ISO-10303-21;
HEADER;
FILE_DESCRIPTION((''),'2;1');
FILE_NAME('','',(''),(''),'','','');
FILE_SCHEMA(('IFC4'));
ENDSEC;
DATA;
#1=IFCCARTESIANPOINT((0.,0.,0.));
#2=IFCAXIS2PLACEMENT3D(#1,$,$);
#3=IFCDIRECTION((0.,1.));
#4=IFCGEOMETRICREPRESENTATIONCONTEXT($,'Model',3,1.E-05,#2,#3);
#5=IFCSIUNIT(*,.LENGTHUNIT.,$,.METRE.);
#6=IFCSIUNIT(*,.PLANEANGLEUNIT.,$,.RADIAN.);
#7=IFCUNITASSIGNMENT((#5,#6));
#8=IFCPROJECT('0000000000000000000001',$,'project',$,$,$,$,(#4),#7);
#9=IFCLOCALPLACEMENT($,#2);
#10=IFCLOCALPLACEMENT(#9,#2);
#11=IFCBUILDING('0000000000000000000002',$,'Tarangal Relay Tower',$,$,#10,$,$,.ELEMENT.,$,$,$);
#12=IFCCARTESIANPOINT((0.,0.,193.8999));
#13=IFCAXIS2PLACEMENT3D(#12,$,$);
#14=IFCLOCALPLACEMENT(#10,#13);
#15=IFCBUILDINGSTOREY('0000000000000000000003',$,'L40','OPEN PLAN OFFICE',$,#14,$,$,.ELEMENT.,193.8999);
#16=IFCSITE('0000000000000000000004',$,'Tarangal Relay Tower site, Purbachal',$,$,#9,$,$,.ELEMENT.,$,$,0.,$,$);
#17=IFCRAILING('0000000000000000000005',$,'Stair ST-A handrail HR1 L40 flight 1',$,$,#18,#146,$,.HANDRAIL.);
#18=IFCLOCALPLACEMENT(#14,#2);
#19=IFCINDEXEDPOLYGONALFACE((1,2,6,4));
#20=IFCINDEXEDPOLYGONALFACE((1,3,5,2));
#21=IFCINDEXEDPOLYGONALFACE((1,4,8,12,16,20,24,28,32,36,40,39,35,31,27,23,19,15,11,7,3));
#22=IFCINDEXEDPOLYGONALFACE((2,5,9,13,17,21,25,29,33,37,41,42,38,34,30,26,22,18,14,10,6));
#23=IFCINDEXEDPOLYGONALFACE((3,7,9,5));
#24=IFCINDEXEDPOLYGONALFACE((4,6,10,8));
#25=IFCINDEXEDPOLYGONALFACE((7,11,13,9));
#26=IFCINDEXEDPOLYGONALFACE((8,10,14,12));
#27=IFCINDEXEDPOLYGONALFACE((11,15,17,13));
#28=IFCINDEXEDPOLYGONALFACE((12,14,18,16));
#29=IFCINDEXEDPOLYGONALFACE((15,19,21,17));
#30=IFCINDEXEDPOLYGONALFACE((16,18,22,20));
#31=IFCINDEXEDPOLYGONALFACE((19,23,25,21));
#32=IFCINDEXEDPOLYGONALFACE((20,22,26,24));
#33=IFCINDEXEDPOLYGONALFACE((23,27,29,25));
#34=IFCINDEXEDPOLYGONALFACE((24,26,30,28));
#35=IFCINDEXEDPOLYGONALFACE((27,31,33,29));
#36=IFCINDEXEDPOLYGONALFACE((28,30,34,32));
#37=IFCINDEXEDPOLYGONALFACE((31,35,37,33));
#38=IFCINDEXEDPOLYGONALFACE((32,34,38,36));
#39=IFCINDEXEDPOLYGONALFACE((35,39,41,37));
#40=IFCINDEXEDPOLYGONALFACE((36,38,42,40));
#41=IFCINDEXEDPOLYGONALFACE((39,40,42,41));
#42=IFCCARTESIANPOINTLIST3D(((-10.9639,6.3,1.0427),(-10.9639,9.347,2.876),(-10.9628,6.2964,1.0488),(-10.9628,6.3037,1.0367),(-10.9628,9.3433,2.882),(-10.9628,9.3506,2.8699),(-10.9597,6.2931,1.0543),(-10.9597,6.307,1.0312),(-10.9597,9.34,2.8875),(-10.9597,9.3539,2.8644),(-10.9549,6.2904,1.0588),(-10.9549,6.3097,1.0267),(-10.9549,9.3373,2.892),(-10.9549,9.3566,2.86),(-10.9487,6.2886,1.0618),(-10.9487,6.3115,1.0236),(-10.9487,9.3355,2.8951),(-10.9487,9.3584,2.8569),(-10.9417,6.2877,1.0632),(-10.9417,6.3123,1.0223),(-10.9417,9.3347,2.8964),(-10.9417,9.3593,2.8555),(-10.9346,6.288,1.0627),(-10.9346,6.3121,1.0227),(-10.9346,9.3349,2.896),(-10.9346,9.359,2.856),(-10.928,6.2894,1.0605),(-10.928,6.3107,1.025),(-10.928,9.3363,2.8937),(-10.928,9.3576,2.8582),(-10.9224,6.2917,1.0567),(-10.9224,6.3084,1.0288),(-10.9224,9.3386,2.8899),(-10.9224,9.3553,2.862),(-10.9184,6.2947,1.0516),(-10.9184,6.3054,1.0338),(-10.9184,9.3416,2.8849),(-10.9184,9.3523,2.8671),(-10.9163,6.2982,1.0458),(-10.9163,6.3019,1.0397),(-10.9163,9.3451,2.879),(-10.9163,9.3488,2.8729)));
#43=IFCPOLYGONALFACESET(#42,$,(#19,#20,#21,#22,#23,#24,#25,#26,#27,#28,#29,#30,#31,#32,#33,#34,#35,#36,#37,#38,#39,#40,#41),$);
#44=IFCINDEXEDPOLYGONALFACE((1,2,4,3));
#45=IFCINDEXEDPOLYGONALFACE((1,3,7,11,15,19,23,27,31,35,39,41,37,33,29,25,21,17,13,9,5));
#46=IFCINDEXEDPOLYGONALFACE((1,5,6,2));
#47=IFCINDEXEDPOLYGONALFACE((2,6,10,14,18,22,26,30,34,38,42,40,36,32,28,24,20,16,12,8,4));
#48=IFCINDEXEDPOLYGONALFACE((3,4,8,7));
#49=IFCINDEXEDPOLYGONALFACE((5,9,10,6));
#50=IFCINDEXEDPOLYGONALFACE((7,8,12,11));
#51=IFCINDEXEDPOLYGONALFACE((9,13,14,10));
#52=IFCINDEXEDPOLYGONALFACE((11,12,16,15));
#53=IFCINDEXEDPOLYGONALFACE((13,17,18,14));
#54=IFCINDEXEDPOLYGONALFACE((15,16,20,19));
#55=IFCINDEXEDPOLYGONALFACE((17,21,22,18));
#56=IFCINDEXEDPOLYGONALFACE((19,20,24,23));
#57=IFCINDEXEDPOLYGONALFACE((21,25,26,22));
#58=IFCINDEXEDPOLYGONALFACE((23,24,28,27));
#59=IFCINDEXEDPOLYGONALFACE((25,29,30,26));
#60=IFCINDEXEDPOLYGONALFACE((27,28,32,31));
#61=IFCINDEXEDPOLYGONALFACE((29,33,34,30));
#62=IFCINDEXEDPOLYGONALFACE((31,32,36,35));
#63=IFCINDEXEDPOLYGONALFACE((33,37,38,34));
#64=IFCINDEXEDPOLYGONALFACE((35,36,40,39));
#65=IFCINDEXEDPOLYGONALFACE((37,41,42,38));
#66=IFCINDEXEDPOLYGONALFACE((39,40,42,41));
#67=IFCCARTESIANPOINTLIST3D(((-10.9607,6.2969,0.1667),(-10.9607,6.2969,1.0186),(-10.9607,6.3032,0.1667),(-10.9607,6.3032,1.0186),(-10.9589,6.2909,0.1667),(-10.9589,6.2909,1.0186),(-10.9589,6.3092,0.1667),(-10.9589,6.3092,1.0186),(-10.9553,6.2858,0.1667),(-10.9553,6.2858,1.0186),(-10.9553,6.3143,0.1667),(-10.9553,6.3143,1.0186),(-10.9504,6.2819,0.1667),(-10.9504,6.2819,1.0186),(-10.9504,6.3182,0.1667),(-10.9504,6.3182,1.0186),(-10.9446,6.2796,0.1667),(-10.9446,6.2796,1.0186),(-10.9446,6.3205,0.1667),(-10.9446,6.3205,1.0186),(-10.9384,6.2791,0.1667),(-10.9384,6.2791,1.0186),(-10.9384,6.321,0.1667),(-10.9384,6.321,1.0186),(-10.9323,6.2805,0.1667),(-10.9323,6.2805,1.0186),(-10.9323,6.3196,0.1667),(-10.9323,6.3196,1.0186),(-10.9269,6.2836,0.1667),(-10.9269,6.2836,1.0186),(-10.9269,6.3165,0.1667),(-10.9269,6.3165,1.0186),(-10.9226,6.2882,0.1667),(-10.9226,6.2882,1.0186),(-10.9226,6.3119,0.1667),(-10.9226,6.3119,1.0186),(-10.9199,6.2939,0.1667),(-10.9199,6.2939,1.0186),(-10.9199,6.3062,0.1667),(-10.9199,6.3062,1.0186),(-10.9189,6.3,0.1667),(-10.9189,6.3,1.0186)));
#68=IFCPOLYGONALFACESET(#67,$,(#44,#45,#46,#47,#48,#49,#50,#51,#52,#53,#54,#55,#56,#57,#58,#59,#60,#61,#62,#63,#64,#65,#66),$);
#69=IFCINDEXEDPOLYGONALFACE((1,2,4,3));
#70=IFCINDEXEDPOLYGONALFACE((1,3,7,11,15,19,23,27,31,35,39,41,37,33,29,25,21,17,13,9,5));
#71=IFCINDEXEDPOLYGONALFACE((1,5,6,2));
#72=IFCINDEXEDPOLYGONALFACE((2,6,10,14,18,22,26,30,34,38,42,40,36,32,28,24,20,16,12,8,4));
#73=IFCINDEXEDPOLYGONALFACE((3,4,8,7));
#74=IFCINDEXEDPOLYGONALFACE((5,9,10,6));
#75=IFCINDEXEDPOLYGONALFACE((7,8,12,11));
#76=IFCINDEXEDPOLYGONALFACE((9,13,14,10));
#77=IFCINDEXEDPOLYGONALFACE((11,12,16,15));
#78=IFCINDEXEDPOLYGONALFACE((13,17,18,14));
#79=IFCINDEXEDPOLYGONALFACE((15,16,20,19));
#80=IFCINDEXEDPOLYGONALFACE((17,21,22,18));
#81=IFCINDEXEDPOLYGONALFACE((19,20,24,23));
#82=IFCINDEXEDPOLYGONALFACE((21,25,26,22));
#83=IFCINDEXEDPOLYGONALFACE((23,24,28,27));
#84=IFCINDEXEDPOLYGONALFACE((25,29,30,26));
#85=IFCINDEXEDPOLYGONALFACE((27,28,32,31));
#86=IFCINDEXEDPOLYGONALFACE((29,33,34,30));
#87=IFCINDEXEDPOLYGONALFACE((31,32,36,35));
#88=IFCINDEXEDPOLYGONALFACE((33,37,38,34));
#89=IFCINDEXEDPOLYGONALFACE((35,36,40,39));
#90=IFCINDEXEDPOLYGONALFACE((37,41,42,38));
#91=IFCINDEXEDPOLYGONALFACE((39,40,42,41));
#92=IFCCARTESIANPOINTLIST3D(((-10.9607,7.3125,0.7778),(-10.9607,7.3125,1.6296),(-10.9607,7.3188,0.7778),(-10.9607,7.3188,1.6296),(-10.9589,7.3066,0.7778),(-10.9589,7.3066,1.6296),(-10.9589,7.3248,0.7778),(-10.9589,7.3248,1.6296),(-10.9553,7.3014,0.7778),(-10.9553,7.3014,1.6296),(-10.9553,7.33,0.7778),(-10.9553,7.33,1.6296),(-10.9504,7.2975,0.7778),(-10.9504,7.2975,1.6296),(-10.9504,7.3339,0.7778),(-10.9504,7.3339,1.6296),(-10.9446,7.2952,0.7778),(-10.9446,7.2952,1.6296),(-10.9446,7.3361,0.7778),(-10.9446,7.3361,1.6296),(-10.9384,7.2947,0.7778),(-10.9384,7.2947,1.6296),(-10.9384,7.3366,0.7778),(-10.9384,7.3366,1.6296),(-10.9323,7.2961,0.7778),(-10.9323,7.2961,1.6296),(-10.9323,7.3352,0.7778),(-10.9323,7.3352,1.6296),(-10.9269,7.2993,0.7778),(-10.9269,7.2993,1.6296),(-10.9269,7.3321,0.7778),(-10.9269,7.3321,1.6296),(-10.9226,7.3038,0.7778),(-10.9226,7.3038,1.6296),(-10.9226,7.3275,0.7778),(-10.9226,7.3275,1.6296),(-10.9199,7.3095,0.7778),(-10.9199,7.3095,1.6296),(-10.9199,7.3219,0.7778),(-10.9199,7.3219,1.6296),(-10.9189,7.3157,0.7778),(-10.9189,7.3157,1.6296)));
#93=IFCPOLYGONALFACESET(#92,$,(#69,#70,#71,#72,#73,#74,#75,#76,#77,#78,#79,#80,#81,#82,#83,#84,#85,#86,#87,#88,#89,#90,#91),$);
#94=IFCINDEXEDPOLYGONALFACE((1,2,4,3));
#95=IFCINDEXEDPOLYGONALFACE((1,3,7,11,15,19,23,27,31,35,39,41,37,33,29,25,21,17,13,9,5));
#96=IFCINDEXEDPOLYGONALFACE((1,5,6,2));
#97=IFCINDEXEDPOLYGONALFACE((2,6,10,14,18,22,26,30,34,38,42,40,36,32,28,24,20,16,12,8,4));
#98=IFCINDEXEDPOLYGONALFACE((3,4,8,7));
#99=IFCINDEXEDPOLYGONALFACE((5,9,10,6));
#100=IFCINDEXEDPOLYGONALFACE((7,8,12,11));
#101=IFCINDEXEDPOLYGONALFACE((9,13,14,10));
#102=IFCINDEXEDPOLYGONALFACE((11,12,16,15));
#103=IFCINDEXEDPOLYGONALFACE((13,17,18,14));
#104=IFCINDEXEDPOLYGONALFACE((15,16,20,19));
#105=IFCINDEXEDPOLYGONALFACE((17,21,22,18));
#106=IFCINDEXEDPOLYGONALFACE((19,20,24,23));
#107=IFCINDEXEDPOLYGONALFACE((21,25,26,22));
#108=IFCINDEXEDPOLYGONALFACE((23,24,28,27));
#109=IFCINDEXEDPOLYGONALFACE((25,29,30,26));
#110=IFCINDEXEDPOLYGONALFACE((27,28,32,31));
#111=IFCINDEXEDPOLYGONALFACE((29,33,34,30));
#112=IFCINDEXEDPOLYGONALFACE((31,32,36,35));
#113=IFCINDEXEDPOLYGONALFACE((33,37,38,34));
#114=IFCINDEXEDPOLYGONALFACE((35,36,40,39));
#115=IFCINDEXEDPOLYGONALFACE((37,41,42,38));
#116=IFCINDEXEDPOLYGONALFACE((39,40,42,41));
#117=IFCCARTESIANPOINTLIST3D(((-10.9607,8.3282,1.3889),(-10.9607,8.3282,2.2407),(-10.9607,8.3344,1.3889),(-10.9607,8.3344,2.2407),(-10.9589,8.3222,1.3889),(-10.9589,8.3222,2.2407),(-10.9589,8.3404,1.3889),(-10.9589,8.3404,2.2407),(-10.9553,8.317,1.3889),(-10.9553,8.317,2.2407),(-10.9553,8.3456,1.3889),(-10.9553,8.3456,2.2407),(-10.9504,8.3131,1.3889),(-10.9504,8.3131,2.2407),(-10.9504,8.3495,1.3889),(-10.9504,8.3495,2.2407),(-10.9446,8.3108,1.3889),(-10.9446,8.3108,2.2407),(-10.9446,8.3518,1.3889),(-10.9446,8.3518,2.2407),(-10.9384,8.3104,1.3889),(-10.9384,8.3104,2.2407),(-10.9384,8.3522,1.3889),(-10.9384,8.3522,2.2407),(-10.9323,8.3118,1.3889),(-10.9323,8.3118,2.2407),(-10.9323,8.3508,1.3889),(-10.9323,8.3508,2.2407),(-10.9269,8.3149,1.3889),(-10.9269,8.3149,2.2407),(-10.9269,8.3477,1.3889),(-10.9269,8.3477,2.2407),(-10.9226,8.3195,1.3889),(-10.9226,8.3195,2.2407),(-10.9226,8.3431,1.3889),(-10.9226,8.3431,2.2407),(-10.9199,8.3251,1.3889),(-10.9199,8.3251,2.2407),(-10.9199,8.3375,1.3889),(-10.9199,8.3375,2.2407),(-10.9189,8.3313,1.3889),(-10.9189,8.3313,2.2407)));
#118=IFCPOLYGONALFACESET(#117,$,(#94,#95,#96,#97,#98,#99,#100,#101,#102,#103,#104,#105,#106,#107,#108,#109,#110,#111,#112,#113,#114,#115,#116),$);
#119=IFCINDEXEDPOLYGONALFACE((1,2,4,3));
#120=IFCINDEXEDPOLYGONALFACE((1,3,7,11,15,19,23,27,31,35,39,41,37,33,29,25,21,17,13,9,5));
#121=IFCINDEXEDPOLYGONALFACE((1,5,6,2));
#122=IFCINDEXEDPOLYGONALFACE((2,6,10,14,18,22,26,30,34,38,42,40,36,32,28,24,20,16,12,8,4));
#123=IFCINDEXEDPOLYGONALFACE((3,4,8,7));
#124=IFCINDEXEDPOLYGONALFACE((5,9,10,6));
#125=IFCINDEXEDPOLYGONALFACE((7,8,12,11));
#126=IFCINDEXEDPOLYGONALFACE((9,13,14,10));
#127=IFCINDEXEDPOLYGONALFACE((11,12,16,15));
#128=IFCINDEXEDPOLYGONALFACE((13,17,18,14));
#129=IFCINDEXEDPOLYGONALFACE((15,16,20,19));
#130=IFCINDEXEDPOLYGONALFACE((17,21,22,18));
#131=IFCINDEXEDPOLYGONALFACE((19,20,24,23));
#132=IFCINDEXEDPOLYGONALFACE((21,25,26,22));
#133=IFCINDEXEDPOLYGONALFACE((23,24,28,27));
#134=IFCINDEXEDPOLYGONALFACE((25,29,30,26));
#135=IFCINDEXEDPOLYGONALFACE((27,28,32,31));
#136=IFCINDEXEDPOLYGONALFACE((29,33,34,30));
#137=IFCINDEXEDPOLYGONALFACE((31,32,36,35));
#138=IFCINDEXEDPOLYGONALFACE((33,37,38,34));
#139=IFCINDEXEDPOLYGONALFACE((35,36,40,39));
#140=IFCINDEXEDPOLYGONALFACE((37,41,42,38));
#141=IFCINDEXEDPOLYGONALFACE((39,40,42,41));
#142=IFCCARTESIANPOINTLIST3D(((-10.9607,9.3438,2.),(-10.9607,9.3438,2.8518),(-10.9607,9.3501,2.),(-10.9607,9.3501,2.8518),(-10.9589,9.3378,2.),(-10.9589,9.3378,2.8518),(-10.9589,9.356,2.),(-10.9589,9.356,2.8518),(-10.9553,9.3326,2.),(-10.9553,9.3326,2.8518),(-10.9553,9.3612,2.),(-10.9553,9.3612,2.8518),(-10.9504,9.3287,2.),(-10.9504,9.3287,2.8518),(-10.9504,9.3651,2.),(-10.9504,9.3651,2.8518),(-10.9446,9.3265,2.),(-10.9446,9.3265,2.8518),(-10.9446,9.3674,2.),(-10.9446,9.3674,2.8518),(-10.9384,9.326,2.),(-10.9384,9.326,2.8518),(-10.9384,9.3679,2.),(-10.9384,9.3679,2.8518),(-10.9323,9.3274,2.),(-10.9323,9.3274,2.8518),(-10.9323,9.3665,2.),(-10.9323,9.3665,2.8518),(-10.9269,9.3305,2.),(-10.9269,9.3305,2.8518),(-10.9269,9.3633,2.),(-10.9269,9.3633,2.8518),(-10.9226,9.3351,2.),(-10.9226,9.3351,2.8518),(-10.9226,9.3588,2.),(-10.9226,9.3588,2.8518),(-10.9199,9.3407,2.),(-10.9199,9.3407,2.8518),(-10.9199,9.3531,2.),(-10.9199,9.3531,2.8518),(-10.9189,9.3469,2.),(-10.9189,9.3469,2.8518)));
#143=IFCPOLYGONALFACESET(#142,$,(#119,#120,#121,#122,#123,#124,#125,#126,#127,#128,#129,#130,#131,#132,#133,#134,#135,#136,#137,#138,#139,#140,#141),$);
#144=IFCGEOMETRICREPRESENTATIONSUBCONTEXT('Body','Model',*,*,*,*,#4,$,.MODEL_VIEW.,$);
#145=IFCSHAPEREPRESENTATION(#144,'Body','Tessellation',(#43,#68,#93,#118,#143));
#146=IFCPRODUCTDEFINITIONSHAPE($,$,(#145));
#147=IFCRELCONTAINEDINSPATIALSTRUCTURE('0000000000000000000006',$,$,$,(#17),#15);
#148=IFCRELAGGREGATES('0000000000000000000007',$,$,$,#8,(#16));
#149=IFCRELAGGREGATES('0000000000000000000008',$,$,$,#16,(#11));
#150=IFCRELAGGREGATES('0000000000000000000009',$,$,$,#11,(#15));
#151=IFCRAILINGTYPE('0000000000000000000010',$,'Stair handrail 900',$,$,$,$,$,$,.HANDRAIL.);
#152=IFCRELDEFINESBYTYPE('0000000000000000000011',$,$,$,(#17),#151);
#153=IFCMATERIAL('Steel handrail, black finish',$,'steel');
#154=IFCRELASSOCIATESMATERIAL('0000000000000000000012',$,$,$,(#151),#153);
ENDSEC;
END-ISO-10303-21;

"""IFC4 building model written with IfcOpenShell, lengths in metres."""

from ifc_helpers import new_model, si_unit, direction, frame, origin, origin_2d, place, context, subcontext, project, spatial, circle, extrude, material, type_object, element, save


model = new_model("IFC4")

# Units and contexts
model_context = context("Model", 3, precision=1e-05, world=origin(), true_north=direction((0.0, 1.0)))
body_context = subcontext(model_context, "Body", "Model", "MODEL_VIEW")
ifc_project = project(units=[si_unit("LENGTHUNIT", "METRE"), si_unit("PLANEANGLEUNIT", "RADIAN")], contexts=[model_context])

# Site, building, storey
site_placement = place(None, origin())
site = spatial("IfcSite", under=ifc_project, at=site_placement, Name="Tarangal Relay Tower site, Purbachal", CompositionType="ELEMENT", RefElevation=0.0)
building_placement = place(site_placement, origin())
building = spatial("IfcBuilding", under=site, at=building_placement, Name="Tarangal Relay Tower", CompositionType="ELEMENT")
storey_placement = place(building_placement, frame((0.0, 0.0, 193.8999)))
storey = spatial("IfcBuildingStorey", under=building, at=storey_placement, Name="L40", Description="OPEN PLAN OFFICE", CompositionType="ELEMENT", Elevation=193.8999)

# Railing
ifc_material_1 = material(Name="Steel handrail, black finish", Category="steel")
railing_type_1 = type_object("IfcRailingType", Name="Stair handrail 900", PredefinedType="HANDRAIL", material=ifc_material_1)
railing_1_placement = place(storey_placement, frame((-10.9399, 6.3, 0.1667)))
element("IfcRailing", 1, at=railing_1_placement, inside=storey, type_object=railing_type_1, Name="Stair ST-A handrail HR1 L40 flight 1", PredefinedType="HANDRAIL", context=body_context, shape_type="SweptSolid", body=[
    extrude(circle(Radius=0.0239, at=origin_2d()), frame((0.0, 0.0, 0.876), z_axis=(0.0, 0.856856, 0.515556), x_axis=(-1.0, 0.0, 0.0)), (0.0, 0.0, 1.0), 3.5559),
    extrude(circle(Radius=0.021, at=origin_2d()), origin(), (0.0, 0.0, 1.0), 0.8518),
    extrude(circle(Radius=0.021, at=origin_2d()), frame((0.0, 1.0156, 0.6111)), (0.0, 0.0, 1.0), 0.8518),
    extrude(circle(Radius=0.021, at=origin_2d()), frame((0.0, 2.0312, 1.2222)), (0.0, 0.0, 1.0), 0.8518),
    extrude(circle(Radius=0.021, at=origin_2d()), frame((0.0, 3.0469, 1.8333)), (0.0, 0.0, 1.0), 0.8518),
])

save(model, "model.ifc")
